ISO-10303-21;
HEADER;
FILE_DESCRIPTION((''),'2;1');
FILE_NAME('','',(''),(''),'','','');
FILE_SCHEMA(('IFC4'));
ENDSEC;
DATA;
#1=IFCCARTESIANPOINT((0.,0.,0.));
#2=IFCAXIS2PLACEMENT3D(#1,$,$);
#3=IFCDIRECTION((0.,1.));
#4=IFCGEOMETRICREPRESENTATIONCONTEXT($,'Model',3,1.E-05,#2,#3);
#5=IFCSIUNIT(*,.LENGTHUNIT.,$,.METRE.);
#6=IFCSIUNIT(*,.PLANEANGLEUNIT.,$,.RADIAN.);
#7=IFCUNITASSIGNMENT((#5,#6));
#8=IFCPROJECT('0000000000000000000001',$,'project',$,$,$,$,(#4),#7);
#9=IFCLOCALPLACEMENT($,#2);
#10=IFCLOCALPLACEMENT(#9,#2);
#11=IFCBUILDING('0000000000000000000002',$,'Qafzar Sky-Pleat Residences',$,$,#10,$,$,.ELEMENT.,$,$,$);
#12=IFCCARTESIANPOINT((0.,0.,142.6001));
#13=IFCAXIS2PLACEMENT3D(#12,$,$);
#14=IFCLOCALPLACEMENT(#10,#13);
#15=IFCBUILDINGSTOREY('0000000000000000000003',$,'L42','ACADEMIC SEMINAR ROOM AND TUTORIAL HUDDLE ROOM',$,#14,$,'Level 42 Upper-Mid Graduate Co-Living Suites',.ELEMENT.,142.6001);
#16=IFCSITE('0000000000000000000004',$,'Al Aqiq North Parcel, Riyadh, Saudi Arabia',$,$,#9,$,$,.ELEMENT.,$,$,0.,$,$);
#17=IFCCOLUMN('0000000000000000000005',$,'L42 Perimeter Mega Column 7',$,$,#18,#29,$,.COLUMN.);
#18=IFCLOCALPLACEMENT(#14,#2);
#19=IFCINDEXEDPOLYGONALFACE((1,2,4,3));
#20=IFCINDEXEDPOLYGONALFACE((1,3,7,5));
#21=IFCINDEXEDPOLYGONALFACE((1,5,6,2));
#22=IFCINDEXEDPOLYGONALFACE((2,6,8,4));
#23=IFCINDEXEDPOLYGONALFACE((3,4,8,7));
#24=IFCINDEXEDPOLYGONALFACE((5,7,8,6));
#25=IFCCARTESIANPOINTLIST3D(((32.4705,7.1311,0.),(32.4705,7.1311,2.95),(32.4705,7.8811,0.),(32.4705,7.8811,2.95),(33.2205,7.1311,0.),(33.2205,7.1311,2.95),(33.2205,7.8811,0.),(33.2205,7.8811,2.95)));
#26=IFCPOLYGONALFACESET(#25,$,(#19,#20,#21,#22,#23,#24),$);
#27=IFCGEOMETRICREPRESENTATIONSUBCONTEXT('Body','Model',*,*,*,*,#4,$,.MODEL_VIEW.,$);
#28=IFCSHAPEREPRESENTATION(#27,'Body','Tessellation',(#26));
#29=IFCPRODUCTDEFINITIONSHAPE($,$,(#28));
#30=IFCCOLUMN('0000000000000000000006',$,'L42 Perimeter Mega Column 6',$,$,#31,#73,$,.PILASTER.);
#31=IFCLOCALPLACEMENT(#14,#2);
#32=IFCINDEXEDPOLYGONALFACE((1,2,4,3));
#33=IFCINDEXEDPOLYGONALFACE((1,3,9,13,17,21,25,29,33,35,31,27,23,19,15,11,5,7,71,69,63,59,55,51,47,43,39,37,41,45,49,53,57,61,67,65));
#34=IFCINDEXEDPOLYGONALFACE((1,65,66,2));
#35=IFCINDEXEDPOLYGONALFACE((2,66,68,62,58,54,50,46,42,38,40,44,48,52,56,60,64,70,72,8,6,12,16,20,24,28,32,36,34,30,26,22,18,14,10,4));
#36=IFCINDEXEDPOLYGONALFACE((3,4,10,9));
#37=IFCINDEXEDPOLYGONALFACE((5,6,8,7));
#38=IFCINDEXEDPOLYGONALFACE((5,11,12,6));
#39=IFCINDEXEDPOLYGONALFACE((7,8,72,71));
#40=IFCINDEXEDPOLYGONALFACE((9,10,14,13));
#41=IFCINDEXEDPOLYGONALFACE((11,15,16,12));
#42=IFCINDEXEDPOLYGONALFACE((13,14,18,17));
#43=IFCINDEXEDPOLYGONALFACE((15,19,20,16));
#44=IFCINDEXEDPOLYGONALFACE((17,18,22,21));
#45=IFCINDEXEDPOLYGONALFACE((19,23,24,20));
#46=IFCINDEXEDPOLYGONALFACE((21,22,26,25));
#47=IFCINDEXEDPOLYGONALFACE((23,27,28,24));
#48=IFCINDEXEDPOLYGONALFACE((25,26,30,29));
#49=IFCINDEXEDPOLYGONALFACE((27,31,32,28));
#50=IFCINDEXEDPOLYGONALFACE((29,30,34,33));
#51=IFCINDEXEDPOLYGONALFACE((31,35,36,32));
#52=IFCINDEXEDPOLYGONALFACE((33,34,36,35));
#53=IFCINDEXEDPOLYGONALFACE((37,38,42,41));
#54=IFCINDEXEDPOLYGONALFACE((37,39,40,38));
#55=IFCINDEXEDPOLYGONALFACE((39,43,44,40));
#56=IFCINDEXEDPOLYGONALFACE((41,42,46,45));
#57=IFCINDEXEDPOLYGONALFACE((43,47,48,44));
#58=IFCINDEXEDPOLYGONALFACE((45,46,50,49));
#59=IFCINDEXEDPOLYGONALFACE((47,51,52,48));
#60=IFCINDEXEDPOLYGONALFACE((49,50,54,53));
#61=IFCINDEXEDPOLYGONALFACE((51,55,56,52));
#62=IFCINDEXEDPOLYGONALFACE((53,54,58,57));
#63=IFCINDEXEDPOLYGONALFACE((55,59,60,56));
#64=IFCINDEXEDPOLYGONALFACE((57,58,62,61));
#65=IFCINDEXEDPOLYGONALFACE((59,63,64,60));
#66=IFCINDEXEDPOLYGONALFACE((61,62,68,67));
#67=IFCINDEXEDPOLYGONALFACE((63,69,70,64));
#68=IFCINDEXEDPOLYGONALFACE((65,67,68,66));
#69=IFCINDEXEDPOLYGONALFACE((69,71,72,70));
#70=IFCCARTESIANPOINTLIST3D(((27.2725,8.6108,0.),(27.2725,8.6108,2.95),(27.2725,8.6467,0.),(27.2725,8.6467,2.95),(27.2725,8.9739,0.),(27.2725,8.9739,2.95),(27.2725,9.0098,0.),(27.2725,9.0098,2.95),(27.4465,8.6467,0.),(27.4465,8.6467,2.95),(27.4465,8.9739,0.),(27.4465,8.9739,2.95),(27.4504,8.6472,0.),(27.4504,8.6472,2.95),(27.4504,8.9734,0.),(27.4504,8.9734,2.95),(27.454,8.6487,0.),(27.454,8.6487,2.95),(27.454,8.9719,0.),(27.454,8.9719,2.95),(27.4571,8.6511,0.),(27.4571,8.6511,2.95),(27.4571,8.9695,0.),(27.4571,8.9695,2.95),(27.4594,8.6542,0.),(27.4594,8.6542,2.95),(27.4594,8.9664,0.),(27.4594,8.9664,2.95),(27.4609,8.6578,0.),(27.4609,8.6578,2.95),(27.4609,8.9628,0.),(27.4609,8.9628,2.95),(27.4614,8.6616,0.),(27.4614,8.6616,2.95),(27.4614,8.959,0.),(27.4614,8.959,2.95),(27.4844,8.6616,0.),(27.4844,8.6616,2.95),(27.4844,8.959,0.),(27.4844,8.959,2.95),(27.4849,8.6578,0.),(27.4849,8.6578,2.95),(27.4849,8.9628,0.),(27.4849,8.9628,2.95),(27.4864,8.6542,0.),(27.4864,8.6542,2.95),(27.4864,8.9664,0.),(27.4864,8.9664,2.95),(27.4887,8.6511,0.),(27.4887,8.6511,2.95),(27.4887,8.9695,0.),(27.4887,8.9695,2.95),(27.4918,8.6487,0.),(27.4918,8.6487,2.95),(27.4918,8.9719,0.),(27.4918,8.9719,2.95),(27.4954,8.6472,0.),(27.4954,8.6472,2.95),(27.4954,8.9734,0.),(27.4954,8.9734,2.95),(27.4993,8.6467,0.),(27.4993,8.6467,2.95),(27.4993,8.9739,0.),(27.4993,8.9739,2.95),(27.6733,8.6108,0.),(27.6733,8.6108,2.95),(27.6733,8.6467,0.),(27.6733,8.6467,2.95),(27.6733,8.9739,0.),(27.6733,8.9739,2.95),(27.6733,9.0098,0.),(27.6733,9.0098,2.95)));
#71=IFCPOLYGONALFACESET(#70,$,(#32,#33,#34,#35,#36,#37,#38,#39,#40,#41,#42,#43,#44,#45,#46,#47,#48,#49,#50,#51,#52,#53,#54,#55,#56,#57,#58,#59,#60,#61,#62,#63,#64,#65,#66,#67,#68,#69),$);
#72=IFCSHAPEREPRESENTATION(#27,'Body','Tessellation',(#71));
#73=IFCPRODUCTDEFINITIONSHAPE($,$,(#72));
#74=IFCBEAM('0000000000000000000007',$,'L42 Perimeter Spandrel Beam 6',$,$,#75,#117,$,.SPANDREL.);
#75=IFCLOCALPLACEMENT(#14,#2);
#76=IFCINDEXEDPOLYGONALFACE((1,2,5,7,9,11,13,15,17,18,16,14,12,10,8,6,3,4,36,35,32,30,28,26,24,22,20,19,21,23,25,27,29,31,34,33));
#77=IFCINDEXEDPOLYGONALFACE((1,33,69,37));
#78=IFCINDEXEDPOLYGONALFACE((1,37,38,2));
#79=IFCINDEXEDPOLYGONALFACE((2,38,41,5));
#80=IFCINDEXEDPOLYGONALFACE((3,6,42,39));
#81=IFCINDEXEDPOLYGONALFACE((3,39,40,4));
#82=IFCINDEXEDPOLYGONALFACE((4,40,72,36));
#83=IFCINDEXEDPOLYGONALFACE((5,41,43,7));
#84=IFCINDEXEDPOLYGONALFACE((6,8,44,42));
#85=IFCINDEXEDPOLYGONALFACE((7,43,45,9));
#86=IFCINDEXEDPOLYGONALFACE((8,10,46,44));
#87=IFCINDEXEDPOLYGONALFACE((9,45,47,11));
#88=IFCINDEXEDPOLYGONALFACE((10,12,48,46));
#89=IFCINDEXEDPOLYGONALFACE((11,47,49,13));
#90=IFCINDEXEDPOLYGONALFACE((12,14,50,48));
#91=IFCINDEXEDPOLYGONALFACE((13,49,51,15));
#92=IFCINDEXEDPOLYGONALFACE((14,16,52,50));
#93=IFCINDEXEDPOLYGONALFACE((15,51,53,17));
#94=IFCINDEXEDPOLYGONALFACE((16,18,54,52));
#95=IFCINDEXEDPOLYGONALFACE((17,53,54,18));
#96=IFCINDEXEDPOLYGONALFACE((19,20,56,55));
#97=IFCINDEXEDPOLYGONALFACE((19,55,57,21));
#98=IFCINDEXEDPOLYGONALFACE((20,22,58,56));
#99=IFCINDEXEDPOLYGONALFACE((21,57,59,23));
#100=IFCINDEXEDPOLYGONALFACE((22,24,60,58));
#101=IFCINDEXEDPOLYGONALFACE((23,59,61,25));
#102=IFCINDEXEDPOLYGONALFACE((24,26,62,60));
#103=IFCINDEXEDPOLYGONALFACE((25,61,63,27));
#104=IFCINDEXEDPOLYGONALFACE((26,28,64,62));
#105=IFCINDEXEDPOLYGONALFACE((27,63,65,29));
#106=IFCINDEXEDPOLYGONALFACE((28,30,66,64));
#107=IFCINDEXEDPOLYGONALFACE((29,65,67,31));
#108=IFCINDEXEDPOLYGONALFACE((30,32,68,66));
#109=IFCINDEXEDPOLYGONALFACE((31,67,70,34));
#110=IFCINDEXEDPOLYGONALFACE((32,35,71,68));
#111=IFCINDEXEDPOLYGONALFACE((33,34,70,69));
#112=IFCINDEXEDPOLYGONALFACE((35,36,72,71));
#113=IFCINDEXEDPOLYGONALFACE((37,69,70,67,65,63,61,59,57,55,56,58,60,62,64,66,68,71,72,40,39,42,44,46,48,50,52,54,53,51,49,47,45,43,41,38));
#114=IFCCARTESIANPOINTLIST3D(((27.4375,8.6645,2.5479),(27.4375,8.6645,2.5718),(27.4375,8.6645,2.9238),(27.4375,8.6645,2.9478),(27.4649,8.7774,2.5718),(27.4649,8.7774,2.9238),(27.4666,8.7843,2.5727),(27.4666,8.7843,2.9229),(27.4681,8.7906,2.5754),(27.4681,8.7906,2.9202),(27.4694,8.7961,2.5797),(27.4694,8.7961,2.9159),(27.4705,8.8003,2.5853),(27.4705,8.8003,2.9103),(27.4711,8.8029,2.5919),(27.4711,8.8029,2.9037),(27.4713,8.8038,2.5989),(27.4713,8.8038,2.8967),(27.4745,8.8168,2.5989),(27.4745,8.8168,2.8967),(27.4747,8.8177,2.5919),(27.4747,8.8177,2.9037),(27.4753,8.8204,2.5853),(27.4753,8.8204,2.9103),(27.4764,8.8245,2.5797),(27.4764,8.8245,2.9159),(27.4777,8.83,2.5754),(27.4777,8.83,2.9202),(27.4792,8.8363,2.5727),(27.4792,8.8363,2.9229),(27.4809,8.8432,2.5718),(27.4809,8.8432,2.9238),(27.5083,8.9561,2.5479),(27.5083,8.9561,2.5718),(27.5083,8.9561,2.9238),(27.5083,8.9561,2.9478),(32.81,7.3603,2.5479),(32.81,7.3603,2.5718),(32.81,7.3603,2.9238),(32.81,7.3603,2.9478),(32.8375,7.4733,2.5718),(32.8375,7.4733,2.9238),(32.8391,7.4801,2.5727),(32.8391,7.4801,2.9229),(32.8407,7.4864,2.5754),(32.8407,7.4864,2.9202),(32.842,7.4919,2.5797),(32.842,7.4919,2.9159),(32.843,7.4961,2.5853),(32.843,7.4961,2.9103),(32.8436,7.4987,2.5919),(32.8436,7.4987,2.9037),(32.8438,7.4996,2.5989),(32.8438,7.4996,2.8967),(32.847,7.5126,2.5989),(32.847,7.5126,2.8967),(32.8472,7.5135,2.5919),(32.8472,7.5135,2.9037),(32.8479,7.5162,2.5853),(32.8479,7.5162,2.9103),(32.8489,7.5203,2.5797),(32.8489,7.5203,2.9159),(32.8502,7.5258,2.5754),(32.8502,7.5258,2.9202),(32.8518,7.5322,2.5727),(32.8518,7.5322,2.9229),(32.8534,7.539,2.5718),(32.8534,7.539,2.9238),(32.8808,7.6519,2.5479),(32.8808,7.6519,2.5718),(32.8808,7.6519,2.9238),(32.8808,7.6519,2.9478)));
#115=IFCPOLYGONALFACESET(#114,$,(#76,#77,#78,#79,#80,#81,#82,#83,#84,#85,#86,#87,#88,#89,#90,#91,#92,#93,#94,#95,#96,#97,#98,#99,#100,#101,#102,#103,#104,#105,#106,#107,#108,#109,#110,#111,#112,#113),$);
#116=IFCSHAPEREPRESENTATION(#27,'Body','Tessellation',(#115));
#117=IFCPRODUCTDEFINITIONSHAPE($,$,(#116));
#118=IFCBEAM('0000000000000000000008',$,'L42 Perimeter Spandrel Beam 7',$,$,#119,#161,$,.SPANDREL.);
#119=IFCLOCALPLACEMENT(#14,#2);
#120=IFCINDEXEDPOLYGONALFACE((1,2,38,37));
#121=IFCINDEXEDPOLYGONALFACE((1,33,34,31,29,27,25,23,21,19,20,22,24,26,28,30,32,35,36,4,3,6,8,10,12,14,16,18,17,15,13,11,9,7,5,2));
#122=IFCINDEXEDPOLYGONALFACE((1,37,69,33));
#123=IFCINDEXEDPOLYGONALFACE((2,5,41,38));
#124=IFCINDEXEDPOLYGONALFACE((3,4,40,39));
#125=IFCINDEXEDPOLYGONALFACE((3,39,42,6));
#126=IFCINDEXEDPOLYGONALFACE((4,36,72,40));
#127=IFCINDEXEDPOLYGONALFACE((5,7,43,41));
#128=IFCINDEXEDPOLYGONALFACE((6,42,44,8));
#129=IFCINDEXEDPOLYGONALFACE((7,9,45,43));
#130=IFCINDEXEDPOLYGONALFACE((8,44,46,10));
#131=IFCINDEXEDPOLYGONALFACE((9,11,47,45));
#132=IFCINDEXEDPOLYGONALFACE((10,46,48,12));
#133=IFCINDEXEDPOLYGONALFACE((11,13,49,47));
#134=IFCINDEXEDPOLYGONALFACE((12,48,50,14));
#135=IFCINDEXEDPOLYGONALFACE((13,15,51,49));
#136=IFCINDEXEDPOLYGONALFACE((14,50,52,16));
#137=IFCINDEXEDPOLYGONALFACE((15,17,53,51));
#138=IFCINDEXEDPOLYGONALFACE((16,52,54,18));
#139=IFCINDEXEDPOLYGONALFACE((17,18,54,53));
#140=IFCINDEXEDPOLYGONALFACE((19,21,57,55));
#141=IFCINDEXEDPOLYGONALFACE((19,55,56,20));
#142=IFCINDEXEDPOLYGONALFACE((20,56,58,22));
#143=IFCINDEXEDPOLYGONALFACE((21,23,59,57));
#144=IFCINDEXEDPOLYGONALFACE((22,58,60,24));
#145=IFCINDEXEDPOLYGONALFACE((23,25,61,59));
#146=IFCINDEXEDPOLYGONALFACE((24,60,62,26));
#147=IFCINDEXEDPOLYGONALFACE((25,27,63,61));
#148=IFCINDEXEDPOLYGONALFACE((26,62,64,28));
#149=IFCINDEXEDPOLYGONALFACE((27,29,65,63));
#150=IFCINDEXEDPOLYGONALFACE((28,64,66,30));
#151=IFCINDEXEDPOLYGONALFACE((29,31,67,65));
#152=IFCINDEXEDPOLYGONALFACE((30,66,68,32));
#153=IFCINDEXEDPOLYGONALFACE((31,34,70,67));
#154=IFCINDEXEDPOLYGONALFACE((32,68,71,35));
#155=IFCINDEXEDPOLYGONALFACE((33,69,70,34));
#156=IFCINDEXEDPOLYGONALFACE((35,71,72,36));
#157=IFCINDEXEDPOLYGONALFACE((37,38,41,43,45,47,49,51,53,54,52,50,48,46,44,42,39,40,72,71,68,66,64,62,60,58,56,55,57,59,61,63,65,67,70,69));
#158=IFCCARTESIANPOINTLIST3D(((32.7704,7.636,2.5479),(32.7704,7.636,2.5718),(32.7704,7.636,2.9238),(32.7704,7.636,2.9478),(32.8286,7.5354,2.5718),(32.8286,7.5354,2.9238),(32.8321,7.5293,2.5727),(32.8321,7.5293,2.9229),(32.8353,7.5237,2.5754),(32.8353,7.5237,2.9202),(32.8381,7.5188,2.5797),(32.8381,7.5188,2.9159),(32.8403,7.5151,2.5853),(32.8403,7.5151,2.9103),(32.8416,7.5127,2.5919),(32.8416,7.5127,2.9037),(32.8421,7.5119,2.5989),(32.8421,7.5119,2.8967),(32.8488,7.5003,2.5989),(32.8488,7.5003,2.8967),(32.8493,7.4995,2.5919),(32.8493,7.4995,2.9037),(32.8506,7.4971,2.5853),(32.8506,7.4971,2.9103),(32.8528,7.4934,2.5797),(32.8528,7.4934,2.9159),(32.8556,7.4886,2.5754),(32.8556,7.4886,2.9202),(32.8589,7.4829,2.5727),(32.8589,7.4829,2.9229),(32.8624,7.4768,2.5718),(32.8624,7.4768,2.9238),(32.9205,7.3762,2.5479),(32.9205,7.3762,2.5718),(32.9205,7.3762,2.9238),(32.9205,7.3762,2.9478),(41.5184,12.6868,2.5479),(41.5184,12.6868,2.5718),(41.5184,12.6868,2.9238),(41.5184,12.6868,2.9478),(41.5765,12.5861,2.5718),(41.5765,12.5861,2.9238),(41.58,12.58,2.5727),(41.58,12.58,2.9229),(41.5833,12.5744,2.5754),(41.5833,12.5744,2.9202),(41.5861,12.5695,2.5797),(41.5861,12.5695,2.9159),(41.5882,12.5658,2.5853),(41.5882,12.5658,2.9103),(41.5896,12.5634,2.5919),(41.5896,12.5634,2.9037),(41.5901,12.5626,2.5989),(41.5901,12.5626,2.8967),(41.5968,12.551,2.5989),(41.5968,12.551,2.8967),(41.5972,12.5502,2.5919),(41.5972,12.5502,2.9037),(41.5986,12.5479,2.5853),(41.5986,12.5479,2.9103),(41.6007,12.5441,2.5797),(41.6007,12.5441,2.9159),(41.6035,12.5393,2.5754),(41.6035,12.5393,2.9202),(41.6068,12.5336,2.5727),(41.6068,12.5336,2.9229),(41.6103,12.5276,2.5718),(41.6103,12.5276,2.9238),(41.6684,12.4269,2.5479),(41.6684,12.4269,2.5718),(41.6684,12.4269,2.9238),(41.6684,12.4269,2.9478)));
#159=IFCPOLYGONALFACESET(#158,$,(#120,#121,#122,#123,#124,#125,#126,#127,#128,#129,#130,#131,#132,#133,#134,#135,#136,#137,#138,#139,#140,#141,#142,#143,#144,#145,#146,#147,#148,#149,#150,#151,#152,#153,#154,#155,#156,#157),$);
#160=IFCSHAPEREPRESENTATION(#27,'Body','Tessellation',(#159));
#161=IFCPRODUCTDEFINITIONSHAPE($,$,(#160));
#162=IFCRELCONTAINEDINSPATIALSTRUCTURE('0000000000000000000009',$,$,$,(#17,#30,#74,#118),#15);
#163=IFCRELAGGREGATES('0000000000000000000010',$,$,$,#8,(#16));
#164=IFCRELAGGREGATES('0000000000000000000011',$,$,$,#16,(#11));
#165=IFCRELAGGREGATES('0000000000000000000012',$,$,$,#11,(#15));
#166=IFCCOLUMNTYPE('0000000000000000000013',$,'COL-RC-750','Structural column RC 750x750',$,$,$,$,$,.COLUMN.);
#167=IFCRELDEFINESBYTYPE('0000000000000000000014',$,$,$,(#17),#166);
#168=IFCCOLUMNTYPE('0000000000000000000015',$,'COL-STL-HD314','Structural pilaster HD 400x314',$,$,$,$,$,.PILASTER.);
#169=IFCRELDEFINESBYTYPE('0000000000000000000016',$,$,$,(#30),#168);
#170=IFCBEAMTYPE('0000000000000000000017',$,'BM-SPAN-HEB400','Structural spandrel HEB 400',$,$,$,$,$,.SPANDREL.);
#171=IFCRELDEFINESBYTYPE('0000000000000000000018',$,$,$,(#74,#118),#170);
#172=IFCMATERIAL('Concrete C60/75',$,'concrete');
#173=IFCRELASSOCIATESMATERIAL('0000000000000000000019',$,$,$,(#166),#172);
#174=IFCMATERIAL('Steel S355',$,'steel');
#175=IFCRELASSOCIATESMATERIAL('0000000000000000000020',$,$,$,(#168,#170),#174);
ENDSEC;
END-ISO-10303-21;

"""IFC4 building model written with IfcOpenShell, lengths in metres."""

from ifc_helpers import new_model, si_unit, direction, frame, origin, origin_2d, place, context, subcontext, project, spatial, rectangle, i_section, extrude, source, transform, mapped, material, material_profile, profile_set, type_object, element, save


model = new_model("IFC4")

# Units and contexts
model_context = context("Model", 3, precision=1e-05, world=origin(), true_north=direction((0.0, 1.0)))
body_context = subcontext(model_context, "Body", "Model", "MODEL_VIEW")
ifc_project = project(units=[si_unit("LENGTHUNIT", "METRE"), si_unit("PLANEANGLEUNIT", "RADIAN")], contexts=[model_context])

# Site, building, storey
site_placement = place(None, origin())
site = spatial("IfcSite", under=ifc_project, at=site_placement, Name="Al Aqiq North Parcel, Riyadh, Saudi Arabia", CompositionType="ELEMENT", RefElevation=0.0)
building_placement = place(site_placement, origin())
building = spatial("IfcBuilding", under=site, at=building_placement, Name="Qafzar Sky-Pleat Residences", CompositionType="ELEMENT")
storey_placement = place(building_placement, frame((0.0, 0.0, 142.6001)))
storey = spatial("IfcBuildingStorey", under=building, at=storey_placement, Name="L42", Description="ACADEMIC SEMINAR ROOM AND TUTORIAL HUDDLE ROOM", LongName="Level 42 Upper-Mid Graduate Co-Living Suites", CompositionType="ELEMENT", Elevation=142.6001)

# Columns
ifc_material_1 = material(Name="Concrete C60/75", Category="concrete")
ifc_material_profile_1 = material_profile(ifc_material_1, rectangle(XDim=0.75, YDim=0.75, at=origin_2d()), Name="RC 750x750")
ifc_profile_set_1 = profile_set([ifc_material_profile_1], Name="Concrete C60/75")
column_type_1 = type_object("IfcColumnType", Name="COL-RC-750", Description="Structural column RC 750x750", PredefinedType="COLUMN", material=ifc_profile_set_1)
shared_shape_1 = source(origin(), body_context, "Body", "SweptSolid", [
    extrude(rectangle(XDim=0.75, YDim=0.75, at=origin_2d()), origin(), (0.0, 0.0, 1.0), 2.95),
])
column_1_placement = place(storey_placement, frame((32.8455, 7.5061, 0.0), z_axis=(0.0, 0.0, 1.0), x_axis=(1.0, 0.0, 0.0)))
element("IfcColumn", 1, at=column_1_placement, inside=storey, type_object=column_type_1, Name="L42 Perimeter Mega Column 7", PredefinedType="COLUMN", context=body_context, shape_type="MappedRepresentation", body=[
    mapped(shared_shape_1, transform((0.0, 0.0, 0.0), x_axis=(1.0, 0.0, 0.0), y_axis=(0.0, 1.0, 0.0), z_axis=(0.0, 0.0, 1.0), scale=1.0)),
])
ifc_material_2 = material(Name="Steel S355", Category="steel")
ifc_material_profile_2 = material_profile(ifc_material_2, i_section(OverallWidth=0.4009, OverallDepth=0.3989, WebThickness=0.0229, FlangeThickness=0.0359, FilletRadius=0.0149, at=origin_2d()), Name="HD 400x314")
ifc_profile_set_2 = profile_set([ifc_material_profile_2], Name="Steel S355")
column_type_2 = type_object("IfcColumnType", Name="COL-STL-HD314", Description="Structural pilaster HD 400x314", PredefinedType="PILASTER", material=ifc_profile_set_2)
shared_shape_2 = source(origin(), body_context, "Body", "SweptSolid", [
    extrude(i_section(OverallWidth=0.4009, OverallDepth=0.3989, WebThickness=0.0229, FlangeThickness=0.0359, FilletRadius=0.0149, at=origin_2d()), origin(), (0.0, 0.0, 1.0), 2.95),
])
column_2_placement = place(storey_placement, frame((27.4729, 8.8103, 0.0), z_axis=(0.0, 0.0, 1.0), x_axis=(1.0, 0.0, 0.0)))
element("IfcColumn", 2, at=column_2_placement, inside=storey, type_object=column_type_2, Name="L42 Perimeter Mega Column 6", PredefinedType="PILASTER", context=body_context, shape_type="MappedRepresentation", body=[
    mapped(shared_shape_2, transform((0.0, 0.0, 0.0), x_axis=(1.0, 0.0, 0.0), y_axis=(0.0, 1.0, 0.0), z_axis=(0.0, 0.0, 1.0), scale=1.0)),
])

# Beams
ifc_material_profile_3 = material_profile(ifc_material_2, i_section(OverallWidth=0.3, OverallDepth=0.3999, WebThickness=0.0134, FlangeThickness=0.0239, FilletRadius=0.0271, at=origin_2d()), Name="HEB 400")
ifc_profile_set_3 = profile_set([ifc_material_profile_3], Name="Steel S355")
beam_type_1 = type_object("IfcBeamType", Name="BM-SPAN-HEB400", Description="Structural spandrel HEB 400", PredefinedType="SPANDREL", material=ifc_profile_set_3)
shared_shape_3 = source(origin(), body_context, "Body", "SweptSolid", [
    extrude(i_section(OverallWidth=0.3, OverallDepth=0.3999, WebThickness=0.0134, FlangeThickness=0.0239, FilletRadius=0.0271, at=origin_2d()), origin(), (0.0, 0.0, 1.0), 5.5286),
])
beam_1_placement = place(storey_placement, frame((27.4729, 8.8103, 2.7478), z_axis=(0.971777, -0.235901, 0.0), x_axis=(0.235901, 0.971777, 0.0)))
element("IfcBeam", 3, at=beam_1_placement, inside=storey, type_object=beam_type_1, Name="L42 Perimeter Spandrel Beam 6", PredefinedType="SPANDREL", context=body_context, shape_type="MappedRepresentation", body=[
    mapped(shared_shape_3, transform((0.0, 0.0, 0.0), x_axis=(1.0, 0.0, 0.0), y_axis=(0.0, 1.0, 0.0), z_axis=(0.0, 0.0, 1.0), scale=1.0)),
])
shared_shape_4 = source(origin(), body_context, "Body", "SweptSolid", [
    extrude(i_section(OverallWidth=0.3, OverallDepth=0.3999, WebThickness=0.0134, FlangeThickness=0.0239, FilletRadius=0.0271, at=origin_2d()), origin(), (0.0, 0.0, 1.0), 10.1013),
])
beam_2_placement = place(storey_placement, frame((32.8455, 7.5061, 2.7478), z_axis=(0.866021, 0.500007, 0.0), x_axis=(-0.500007, 0.866021, 0.0)))
element("IfcBeam", 4, at=beam_2_placement, inside=storey, type_object=beam_type_1, Name="L42 Perimeter Spandrel Beam 7", PredefinedType="SPANDREL", context=body_context, shape_type="MappedRepresentation", body=[
    mapped(shared_shape_4, transform((0.0, 0.0, 0.0), x_axis=(1.0, 0.0, 0.0), y_axis=(0.0, 1.0, 0.0), z_axis=(0.0, 0.0, 1.0), scale=1.0)),
])

save(model, "model.ifc")
